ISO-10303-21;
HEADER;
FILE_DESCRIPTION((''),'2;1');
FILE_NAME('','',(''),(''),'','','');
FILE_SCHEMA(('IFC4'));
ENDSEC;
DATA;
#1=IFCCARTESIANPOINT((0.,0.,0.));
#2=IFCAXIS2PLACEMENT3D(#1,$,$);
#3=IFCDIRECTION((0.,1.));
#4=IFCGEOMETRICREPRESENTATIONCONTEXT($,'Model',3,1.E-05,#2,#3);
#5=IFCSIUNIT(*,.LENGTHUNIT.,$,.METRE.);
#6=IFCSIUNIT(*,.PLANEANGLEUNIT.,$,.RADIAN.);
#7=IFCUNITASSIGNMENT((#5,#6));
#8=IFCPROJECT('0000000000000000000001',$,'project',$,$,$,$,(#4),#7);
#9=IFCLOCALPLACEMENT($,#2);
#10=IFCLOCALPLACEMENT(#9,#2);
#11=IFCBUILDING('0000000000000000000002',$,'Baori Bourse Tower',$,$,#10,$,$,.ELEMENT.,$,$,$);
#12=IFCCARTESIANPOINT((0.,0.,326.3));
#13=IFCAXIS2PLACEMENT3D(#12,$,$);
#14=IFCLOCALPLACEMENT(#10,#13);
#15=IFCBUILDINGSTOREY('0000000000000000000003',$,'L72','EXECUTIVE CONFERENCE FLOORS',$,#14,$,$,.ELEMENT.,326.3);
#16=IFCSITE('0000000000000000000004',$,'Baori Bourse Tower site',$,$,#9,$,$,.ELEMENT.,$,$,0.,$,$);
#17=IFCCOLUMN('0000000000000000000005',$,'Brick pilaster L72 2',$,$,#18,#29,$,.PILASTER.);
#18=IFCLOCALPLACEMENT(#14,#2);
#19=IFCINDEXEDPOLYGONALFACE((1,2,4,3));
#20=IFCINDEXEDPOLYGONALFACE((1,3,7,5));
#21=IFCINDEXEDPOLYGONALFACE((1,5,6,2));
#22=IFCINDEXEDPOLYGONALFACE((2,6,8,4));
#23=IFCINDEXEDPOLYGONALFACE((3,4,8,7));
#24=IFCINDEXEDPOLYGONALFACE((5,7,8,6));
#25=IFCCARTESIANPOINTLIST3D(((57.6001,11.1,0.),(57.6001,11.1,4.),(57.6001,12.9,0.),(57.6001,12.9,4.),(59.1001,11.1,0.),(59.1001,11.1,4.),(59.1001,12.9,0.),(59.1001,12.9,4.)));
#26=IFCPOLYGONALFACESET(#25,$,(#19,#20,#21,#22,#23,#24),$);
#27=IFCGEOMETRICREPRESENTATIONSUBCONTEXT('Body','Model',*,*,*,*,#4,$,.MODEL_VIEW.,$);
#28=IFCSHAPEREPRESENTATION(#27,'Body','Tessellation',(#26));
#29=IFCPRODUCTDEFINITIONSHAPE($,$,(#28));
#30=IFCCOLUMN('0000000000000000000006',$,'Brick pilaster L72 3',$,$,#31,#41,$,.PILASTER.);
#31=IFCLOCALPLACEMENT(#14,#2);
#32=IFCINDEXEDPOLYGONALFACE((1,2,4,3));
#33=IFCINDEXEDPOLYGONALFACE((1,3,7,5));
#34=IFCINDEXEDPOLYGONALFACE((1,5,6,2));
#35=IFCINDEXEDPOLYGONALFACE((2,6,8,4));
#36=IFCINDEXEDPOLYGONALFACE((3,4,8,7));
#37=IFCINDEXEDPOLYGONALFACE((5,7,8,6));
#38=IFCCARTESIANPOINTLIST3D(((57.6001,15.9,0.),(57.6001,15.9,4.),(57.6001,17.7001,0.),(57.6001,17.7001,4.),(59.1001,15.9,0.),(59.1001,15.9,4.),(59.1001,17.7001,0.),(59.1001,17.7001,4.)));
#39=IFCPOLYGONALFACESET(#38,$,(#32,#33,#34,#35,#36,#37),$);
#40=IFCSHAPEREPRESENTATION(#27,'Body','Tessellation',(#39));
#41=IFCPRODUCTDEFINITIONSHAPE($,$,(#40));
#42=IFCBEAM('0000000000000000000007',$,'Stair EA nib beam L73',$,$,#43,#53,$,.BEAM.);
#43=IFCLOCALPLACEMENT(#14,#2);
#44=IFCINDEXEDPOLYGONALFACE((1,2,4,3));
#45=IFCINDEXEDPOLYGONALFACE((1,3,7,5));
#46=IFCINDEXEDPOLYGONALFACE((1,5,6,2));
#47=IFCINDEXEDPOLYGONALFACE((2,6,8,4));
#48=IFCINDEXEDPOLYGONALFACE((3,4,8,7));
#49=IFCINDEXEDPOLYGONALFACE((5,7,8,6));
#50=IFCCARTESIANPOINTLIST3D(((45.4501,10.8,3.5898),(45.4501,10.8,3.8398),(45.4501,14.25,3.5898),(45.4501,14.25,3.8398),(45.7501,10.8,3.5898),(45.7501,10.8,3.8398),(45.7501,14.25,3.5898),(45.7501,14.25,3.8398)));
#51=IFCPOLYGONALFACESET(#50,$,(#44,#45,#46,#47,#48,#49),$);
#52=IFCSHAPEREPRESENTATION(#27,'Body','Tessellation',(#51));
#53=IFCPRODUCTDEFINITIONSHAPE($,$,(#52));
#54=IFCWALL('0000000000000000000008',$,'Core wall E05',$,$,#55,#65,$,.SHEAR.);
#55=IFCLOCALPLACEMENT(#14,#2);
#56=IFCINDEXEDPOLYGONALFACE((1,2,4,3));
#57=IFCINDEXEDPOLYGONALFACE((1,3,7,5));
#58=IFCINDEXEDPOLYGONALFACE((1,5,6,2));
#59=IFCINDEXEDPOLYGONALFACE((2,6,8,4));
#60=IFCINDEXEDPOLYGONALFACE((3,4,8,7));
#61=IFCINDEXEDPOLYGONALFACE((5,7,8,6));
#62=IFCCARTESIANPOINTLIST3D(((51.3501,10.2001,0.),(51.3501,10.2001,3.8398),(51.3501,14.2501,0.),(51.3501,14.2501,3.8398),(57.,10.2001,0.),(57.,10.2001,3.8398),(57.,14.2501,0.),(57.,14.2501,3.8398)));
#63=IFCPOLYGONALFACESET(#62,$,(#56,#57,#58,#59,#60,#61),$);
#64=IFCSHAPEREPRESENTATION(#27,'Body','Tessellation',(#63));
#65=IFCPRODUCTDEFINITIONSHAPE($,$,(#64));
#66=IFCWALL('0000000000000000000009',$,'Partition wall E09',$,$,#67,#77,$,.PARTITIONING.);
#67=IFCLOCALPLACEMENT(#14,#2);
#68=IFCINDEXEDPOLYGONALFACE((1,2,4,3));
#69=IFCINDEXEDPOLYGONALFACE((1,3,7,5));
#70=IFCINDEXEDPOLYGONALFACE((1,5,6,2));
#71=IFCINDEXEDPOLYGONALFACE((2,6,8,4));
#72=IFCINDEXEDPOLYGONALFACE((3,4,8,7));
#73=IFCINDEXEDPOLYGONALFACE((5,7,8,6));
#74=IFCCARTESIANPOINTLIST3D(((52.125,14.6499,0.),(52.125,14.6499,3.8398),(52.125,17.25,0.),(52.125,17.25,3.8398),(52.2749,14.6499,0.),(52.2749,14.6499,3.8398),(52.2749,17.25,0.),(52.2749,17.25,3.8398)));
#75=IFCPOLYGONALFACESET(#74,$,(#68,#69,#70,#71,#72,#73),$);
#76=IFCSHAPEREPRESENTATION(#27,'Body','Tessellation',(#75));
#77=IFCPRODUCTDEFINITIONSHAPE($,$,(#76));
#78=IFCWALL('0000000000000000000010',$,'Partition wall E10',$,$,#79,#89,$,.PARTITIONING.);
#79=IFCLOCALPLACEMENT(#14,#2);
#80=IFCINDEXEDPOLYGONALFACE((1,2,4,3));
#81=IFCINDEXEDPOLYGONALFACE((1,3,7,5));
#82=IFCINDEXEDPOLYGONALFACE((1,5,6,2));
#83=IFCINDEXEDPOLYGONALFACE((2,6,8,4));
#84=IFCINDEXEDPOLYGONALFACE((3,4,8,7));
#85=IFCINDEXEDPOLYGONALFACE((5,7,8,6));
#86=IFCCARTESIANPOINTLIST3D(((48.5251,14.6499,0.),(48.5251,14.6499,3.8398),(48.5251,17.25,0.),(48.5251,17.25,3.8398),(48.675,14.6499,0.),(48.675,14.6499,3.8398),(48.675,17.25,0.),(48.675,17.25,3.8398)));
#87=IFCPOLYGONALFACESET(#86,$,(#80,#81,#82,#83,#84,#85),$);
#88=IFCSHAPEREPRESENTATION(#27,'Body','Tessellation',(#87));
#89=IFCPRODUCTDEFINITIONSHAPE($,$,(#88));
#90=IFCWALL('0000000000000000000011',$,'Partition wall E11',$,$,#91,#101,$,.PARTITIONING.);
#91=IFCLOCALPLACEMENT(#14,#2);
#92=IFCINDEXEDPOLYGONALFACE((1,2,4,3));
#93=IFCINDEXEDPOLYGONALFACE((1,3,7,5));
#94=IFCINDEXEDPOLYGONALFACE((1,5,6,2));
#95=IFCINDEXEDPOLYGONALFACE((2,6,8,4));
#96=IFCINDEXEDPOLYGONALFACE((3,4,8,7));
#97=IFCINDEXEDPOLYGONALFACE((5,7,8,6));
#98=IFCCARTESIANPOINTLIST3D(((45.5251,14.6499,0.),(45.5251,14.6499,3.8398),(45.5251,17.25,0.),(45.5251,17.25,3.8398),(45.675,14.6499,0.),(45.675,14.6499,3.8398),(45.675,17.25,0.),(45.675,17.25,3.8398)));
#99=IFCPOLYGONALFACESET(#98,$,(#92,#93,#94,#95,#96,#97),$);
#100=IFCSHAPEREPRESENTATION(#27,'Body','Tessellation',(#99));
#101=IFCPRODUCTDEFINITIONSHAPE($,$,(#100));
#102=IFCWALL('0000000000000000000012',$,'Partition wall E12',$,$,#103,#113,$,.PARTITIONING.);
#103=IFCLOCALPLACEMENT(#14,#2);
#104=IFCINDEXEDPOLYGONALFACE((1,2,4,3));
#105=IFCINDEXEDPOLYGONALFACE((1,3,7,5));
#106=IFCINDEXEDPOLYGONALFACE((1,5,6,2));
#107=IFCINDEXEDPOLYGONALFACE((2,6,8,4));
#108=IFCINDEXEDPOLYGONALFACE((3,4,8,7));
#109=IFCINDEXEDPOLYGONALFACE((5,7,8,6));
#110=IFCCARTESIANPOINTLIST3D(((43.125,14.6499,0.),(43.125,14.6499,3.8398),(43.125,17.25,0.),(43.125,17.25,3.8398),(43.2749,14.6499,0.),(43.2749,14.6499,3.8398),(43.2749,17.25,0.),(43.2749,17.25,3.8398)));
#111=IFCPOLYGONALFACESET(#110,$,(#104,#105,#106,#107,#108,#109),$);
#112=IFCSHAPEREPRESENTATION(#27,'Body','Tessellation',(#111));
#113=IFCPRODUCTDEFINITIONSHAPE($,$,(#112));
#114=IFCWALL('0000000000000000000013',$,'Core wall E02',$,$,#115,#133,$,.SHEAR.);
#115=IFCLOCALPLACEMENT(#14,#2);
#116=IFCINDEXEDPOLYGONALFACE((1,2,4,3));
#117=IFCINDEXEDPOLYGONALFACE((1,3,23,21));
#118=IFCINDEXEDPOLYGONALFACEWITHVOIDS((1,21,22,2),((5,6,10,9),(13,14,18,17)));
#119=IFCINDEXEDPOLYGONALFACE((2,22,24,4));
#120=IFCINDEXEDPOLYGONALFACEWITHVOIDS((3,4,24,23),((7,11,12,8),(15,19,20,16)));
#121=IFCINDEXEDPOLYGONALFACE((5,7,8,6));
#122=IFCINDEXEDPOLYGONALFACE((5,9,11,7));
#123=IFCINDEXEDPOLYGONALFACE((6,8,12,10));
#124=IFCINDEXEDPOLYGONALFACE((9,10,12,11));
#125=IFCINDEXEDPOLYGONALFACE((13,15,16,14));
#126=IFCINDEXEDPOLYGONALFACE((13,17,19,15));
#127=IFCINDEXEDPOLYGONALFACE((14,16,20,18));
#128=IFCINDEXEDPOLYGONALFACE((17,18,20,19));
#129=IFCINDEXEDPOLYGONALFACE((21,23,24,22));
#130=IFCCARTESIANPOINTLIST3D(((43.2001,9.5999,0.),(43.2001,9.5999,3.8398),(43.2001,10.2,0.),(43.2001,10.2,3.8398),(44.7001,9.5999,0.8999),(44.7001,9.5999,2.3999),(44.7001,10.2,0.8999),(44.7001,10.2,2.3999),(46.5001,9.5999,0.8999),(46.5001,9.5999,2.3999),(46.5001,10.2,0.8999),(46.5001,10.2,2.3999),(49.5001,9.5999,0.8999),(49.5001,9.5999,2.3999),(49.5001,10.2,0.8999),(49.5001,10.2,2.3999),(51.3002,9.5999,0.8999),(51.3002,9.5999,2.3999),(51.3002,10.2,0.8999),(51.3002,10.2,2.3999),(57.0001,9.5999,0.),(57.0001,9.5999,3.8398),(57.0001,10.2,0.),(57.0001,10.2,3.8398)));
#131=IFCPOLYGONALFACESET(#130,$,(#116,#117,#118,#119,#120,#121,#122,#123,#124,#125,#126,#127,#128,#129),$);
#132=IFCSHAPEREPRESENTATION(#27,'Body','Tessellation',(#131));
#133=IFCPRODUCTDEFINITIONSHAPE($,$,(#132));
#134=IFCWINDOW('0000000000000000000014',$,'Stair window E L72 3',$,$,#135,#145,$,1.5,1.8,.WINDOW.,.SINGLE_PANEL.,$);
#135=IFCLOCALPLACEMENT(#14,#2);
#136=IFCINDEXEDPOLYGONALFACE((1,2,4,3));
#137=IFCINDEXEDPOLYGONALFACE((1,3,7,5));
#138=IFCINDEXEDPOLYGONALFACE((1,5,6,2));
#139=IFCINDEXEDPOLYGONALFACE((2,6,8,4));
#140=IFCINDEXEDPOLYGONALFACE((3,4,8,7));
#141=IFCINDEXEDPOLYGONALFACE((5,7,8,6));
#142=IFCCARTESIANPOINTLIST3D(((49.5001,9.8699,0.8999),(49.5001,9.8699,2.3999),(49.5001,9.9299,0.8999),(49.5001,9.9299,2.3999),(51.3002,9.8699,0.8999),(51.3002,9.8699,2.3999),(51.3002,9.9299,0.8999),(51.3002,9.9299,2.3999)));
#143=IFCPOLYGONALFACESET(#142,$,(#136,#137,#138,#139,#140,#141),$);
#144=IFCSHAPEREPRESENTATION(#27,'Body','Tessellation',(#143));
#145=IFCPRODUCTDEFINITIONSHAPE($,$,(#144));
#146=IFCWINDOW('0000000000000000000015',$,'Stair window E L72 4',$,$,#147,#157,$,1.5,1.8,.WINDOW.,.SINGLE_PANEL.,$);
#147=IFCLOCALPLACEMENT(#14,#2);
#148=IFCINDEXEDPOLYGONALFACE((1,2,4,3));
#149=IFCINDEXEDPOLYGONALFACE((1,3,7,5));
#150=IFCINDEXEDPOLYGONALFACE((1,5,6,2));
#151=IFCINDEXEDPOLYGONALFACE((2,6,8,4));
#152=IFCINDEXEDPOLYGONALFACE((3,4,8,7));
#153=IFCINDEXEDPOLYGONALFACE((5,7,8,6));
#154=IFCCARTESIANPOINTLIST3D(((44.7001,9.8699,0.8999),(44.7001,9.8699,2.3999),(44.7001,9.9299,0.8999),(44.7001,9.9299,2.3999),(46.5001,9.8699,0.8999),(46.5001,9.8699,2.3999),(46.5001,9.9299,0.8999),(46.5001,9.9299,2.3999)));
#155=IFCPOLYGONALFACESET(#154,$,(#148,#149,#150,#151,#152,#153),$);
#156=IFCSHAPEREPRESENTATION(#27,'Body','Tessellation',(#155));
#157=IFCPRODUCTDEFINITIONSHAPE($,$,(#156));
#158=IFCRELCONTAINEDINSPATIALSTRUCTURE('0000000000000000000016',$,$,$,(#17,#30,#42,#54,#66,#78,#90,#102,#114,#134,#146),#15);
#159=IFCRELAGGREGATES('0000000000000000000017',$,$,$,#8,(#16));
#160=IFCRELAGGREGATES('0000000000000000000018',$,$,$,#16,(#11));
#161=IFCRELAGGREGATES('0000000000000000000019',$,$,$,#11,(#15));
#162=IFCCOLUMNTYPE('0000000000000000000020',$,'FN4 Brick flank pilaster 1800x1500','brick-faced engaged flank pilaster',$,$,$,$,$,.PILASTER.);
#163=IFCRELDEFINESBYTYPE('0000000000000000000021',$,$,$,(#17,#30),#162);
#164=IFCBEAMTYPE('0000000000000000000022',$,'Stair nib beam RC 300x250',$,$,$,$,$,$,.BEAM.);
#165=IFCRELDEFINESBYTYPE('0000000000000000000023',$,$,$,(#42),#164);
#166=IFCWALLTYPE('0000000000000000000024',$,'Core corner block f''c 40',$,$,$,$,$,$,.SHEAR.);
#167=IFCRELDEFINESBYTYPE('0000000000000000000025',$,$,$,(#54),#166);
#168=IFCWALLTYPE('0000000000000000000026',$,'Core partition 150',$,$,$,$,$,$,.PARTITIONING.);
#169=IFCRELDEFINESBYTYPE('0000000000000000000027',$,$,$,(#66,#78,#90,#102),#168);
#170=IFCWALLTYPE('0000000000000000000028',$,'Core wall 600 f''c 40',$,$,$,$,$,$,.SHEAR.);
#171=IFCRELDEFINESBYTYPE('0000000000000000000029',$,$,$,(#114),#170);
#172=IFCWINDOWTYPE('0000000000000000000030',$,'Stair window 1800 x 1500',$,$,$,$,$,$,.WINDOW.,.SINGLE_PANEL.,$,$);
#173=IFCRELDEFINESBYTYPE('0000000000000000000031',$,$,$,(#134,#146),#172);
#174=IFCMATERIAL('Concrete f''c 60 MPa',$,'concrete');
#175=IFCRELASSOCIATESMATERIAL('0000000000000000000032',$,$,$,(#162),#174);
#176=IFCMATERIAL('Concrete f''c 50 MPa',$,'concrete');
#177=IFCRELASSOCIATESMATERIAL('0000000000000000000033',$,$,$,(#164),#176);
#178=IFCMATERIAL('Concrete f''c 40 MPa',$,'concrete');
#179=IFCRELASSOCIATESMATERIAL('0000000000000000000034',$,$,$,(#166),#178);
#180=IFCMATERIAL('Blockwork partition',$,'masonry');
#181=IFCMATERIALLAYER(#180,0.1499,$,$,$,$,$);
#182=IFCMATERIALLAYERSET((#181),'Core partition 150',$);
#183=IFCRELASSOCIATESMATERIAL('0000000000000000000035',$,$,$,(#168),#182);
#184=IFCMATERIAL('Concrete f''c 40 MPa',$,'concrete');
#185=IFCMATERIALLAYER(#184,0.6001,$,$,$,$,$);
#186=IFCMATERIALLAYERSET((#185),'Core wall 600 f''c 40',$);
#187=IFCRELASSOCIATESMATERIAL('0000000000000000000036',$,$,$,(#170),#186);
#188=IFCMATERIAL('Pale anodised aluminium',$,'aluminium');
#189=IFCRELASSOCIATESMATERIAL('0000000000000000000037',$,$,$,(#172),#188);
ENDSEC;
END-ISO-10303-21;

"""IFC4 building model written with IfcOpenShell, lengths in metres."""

from ifc_helpers import new_model, si_unit, direction, frame, frame_2d, origin, origin_2d, place, context, subcontext, project, spatial, rectangle, extrude, material, layer, layer_set, material_profile, profile_set, type_object, element, fill, save


model = new_model("IFC4")

# Units and contexts
model_context = context("Model", 3, precision=1e-05, world=origin(), true_north=direction((0.0, 1.0)))
body_context = subcontext(model_context, "Body", "Model", "MODEL_VIEW")
ifc_project = project(units=[si_unit("LENGTHUNIT", "METRE"), si_unit("PLANEANGLEUNIT", "RADIAN")], contexts=[model_context])

# Site, building, storey
site_placement = place(None, origin())
site = spatial("IfcSite", under=ifc_project, at=site_placement, Name="Baori Bourse Tower site", CompositionType="ELEMENT", RefElevation=0.0)
building_placement = place(site_placement, origin())
building = spatial("IfcBuilding", under=site, at=building_placement, Name="Baori Bourse Tower", CompositionType="ELEMENT")
storey_placement = place(building_placement, frame((0.0, 0.0, 326.3)))
storey = spatial("IfcBuildingStorey", under=building, at=storey_placement, Name="L72", Description="EXECUTIVE CONFERENCE FLOORS", CompositionType="ELEMENT", Elevation=326.3)

# Columns
ifc_material_1 = material(Name="Concrete f'c 60 MPa", Category="concrete")
ifc_material_profile_1 = material_profile(ifc_material_1, rectangle(XDim=1.8, YDim=1.5, at=origin_2d()), Name="RC 1800x1500")
ifc_profile_set_1 = profile_set([ifc_material_profile_1], Name="Concrete f'c 60 MPa")
column_type = type_object("IfcColumnType", Name="FN4 Brick flank pilaster 1800x1500", Description="brick-faced engaged flank pilaster", PredefinedType="PILASTER", material=ifc_profile_set_1)
for number, where, z_axis, x_axis, name in (
    (1, (58.3501, 12.0, 0.0), (0.0, 0.0, 1.0), (0.0, 1.0, 0.0), "Brick pilaster L72 2"),
    (2, (58.3501, 16.8, 0.0), (0.0, 0.0, 1.0), (0.0, 1.0, 0.0), "Brick pilaster L72 3"),
):
    element("IfcColumn", number, at=place(storey_placement, frame(where, z_axis=z_axis, x_axis=x_axis)), inside=storey, type_object=column_type, Name=name, PredefinedType="PILASTER", context=body_context, shape_type="SweptSolid", body=[
        extrude(rectangle(XDim=1.8, YDim=1.5, at=origin_2d()), origin(), (0.0, 0.0, 1.0), 4.0),
    ])

# Beam
ifc_material_2 = material(Name="Concrete f'c 50 MPa", Category="concrete")
ifc_material_profile_2 = material_profile(ifc_material_2, rectangle(XDim=0.3, YDim=0.25, at=origin_2d()), Name="RC 300x250")
ifc_profile_set_2 = profile_set([ifc_material_profile_2], Name="Concrete f'c 50 MPa")
beam_type = type_object("IfcBeamType", Name="Stair nib beam RC 300x250", PredefinedType="BEAM", material=ifc_profile_set_2)
beam_placement = place(storey_placement, frame((45.6001, 10.8, 3.7148), z_axis=(0.0, 1.0, 0.0), x_axis=(-1.0, 0.0, 0.0)))
element("IfcBeam", 3, at=beam_placement, inside=storey, type_object=beam_type, Name="Stair EA nib beam L73", PredefinedType="BEAM", context=body_context, shape_type="SweptSolid", body=[
    extrude(rectangle(XDim=0.3, YDim=0.25, at=origin_2d()), origin(), (0.0, 0.0, 1.0), 3.45),
])

# Walls
ifc_material_3 = material(Name="Concrete f'c 40 MPa", Category="concrete")
wall_type_1 = type_object("IfcWallType", Name="Core corner block f'c 40", PredefinedType="SHEAR", material=ifc_material_3)
wall_1_placement = place(storey_placement, frame((51.3501, 12.2251, 0.0), z_axis=(0.0, 0.0, 1.0), x_axis=(1.0, 0.0, 0.0)))
element("IfcWall", 4, at=wall_1_placement, inside=storey, type_object=wall_type_1, Name="Core wall E05", PredefinedType="SHEAR", context=body_context, shape_type="SweptSolid", body=[
    extrude(rectangle(XDim=5.6499, YDim=4.05, at=frame_2d((2.825, 0.0))), origin(), (0.0, 0.0, 1.0), 3.8398),
])
ifc_material_4 = material(Name="Blockwork partition", Category="masonry")
ifc_layer_1 = layer(ifc_material_4, 0.1499)
ifc_layer_set_1 = layer_set([ifc_layer_1], Name="Core partition 150")
wall_type_2 = type_object("IfcWallType", Name="Core partition 150", PredefinedType="PARTITIONING", material=ifc_layer_set_1)
for number, where, z_axis, x_axis, name in (
    (5, (52.2, 14.6499, 0.0), (0.0, 0.0, 1.0), (0.0, 1.0, 0.0), "Partition wall E09"),
    (6, (48.6001, 14.6499, 0.0), (0.0, 0.0, 1.0), (0.0, 1.0, 0.0), "Partition wall E10"),
    (7, (45.6001, 14.6499, 0.0), (0.0, 0.0, 1.0), (0.0, 1.0, 0.0), "Partition wall E11"),
    (8, (43.2, 14.6499, 0.0), (0.0, 0.0, 1.0), (0.0, 1.0, 0.0), "Partition wall E12"),
):
    element("IfcWall", number, at=place(storey_placement, frame(where, z_axis=z_axis, x_axis=x_axis)), inside=storey, type_object=wall_type_2, Name=name, PredefinedType="PARTITIONING", context=body_context, shape_type="SweptSolid", body=[
        extrude(rectangle(XDim=2.6001, YDim=0.1499, at=frame_2d((1.3, 0.0))), origin(), (0.0, 0.0, 1.0), 3.8398),
    ])

# Wall, openings, windows
ifc_material_5 = material(Name="Concrete f'c 40 MPa", Category="concrete")
ifc_layer_2 = layer(ifc_material_5, 0.6001)
ifc_layer_set_2 = layer_set([ifc_layer_2], Name="Core wall 600 f'c 40")
wall_type_3 = type_object("IfcWallType", Name="Core wall 600 f'c 40", PredefinedType="SHEAR", material=ifc_layer_set_2)
wall_2_placement = place(storey_placement, frame((57.0, 9.8999, 0.0), z_axis=(0.0, 0.0, 1.0), x_axis=(-1.0, 0.0, 0.0)))
wall_2 = element("IfcWall", 9, at=wall_2_placement, inside=storey, type_object=wall_type_3, Name="Core wall E02", PredefinedType="SHEAR", context=body_context, shape_type="SweptSolid", body=[
    extrude(rectangle(XDim=13.8, YDim=0.6001, at=frame_2d((6.8999, 0.0))), origin(), (0.0, 0.0, 1.0), 3.8398),
])
opening_1_placement = place(wall_2_placement, frame((5.7, 0.0, 0.8999)))
opening_1 = element("IfcOpeningElement", 10, at=opening_1_placement, cuts=wall_2, PredefinedType="OPENING", context=body_context, shape_type="SweptSolid", body=[
    extrude(rectangle(XDim=1.8, YDim=1.5, at=frame_2d((0.8999, 0.75))), frame((0.0, 0.3101, 0.0), z_axis=(0.0, -1.0, 0.0), x_axis=(1.0, 0.0, 0.0)), (0.0, 0.0, 1.0), 0.6201),
])
opening_2_placement = place(wall_2_placement, frame((10.5, 0.0, 0.8999)))
opening_2 = element("IfcOpeningElement", 11, at=opening_2_placement, cuts=wall_2, PredefinedType="OPENING", context=body_context, shape_type="SweptSolid", body=[
    extrude(rectangle(XDim=1.8, YDim=1.5, at=frame_2d((0.8999, 0.75))), frame((0.0, 0.3101, 0.0), z_axis=(0.0, -1.0, 0.0), x_axis=(1.0, 0.0, 0.0)), (0.0, 0.0, 1.0), 0.6201),
])
ifc_material_6 = material(Name="Pale anodised aluminium", Category="aluminium")
window_type = type_object("IfcWindowType", Name="Stair window 1800 x 1500", PartitioningType="SINGLE_PANEL", PredefinedType="WINDOW", material=ifc_material_6)
window_1_placement = place(opening_1_placement, origin())
window_1 = element("IfcWindow", 12, at=window_1_placement, inside=storey, type_object=window_type, Name="Stair window E L72 3", OverallHeight=1.5, OverallWidth=1.8, PartitioningType="SINGLE_PANEL", PredefinedType="WINDOW", context=body_context, shape_type="SweptSolid", body=[
    extrude(rectangle(XDim=1.8, YDim=1.5, at=frame_2d((0.8999, 0.75))), frame((0.0, 0.03, 0.0), z_axis=(0.0, -1.0, 0.0), x_axis=(1.0, 0.0, 0.0)), (0.0, 0.0, 1.0), 0.0601),
])
fill(opening_1, window_1)
window_2_placement = place(opening_2_placement, origin())
window_2 = element("IfcWindow", 13, at=window_2_placement, inside=storey, type_object=window_type, Name="Stair window E L72 4", OverallHeight=1.5, OverallWidth=1.8, PartitioningType="SINGLE_PANEL", PredefinedType="WINDOW", context=body_context, shape_type="SweptSolid", body=[
    extrude(rectangle(XDim=1.8, YDim=1.5, at=frame_2d((0.8999, 0.75))), frame((0.0, 0.03, 0.0), z_axis=(0.0, -1.0, 0.0), x_axis=(1.0, 0.0, 0.0)), (0.0, 0.0, 1.0), 0.0601),
])
fill(opening_2, window_2)

save(model, "model.ifc")
